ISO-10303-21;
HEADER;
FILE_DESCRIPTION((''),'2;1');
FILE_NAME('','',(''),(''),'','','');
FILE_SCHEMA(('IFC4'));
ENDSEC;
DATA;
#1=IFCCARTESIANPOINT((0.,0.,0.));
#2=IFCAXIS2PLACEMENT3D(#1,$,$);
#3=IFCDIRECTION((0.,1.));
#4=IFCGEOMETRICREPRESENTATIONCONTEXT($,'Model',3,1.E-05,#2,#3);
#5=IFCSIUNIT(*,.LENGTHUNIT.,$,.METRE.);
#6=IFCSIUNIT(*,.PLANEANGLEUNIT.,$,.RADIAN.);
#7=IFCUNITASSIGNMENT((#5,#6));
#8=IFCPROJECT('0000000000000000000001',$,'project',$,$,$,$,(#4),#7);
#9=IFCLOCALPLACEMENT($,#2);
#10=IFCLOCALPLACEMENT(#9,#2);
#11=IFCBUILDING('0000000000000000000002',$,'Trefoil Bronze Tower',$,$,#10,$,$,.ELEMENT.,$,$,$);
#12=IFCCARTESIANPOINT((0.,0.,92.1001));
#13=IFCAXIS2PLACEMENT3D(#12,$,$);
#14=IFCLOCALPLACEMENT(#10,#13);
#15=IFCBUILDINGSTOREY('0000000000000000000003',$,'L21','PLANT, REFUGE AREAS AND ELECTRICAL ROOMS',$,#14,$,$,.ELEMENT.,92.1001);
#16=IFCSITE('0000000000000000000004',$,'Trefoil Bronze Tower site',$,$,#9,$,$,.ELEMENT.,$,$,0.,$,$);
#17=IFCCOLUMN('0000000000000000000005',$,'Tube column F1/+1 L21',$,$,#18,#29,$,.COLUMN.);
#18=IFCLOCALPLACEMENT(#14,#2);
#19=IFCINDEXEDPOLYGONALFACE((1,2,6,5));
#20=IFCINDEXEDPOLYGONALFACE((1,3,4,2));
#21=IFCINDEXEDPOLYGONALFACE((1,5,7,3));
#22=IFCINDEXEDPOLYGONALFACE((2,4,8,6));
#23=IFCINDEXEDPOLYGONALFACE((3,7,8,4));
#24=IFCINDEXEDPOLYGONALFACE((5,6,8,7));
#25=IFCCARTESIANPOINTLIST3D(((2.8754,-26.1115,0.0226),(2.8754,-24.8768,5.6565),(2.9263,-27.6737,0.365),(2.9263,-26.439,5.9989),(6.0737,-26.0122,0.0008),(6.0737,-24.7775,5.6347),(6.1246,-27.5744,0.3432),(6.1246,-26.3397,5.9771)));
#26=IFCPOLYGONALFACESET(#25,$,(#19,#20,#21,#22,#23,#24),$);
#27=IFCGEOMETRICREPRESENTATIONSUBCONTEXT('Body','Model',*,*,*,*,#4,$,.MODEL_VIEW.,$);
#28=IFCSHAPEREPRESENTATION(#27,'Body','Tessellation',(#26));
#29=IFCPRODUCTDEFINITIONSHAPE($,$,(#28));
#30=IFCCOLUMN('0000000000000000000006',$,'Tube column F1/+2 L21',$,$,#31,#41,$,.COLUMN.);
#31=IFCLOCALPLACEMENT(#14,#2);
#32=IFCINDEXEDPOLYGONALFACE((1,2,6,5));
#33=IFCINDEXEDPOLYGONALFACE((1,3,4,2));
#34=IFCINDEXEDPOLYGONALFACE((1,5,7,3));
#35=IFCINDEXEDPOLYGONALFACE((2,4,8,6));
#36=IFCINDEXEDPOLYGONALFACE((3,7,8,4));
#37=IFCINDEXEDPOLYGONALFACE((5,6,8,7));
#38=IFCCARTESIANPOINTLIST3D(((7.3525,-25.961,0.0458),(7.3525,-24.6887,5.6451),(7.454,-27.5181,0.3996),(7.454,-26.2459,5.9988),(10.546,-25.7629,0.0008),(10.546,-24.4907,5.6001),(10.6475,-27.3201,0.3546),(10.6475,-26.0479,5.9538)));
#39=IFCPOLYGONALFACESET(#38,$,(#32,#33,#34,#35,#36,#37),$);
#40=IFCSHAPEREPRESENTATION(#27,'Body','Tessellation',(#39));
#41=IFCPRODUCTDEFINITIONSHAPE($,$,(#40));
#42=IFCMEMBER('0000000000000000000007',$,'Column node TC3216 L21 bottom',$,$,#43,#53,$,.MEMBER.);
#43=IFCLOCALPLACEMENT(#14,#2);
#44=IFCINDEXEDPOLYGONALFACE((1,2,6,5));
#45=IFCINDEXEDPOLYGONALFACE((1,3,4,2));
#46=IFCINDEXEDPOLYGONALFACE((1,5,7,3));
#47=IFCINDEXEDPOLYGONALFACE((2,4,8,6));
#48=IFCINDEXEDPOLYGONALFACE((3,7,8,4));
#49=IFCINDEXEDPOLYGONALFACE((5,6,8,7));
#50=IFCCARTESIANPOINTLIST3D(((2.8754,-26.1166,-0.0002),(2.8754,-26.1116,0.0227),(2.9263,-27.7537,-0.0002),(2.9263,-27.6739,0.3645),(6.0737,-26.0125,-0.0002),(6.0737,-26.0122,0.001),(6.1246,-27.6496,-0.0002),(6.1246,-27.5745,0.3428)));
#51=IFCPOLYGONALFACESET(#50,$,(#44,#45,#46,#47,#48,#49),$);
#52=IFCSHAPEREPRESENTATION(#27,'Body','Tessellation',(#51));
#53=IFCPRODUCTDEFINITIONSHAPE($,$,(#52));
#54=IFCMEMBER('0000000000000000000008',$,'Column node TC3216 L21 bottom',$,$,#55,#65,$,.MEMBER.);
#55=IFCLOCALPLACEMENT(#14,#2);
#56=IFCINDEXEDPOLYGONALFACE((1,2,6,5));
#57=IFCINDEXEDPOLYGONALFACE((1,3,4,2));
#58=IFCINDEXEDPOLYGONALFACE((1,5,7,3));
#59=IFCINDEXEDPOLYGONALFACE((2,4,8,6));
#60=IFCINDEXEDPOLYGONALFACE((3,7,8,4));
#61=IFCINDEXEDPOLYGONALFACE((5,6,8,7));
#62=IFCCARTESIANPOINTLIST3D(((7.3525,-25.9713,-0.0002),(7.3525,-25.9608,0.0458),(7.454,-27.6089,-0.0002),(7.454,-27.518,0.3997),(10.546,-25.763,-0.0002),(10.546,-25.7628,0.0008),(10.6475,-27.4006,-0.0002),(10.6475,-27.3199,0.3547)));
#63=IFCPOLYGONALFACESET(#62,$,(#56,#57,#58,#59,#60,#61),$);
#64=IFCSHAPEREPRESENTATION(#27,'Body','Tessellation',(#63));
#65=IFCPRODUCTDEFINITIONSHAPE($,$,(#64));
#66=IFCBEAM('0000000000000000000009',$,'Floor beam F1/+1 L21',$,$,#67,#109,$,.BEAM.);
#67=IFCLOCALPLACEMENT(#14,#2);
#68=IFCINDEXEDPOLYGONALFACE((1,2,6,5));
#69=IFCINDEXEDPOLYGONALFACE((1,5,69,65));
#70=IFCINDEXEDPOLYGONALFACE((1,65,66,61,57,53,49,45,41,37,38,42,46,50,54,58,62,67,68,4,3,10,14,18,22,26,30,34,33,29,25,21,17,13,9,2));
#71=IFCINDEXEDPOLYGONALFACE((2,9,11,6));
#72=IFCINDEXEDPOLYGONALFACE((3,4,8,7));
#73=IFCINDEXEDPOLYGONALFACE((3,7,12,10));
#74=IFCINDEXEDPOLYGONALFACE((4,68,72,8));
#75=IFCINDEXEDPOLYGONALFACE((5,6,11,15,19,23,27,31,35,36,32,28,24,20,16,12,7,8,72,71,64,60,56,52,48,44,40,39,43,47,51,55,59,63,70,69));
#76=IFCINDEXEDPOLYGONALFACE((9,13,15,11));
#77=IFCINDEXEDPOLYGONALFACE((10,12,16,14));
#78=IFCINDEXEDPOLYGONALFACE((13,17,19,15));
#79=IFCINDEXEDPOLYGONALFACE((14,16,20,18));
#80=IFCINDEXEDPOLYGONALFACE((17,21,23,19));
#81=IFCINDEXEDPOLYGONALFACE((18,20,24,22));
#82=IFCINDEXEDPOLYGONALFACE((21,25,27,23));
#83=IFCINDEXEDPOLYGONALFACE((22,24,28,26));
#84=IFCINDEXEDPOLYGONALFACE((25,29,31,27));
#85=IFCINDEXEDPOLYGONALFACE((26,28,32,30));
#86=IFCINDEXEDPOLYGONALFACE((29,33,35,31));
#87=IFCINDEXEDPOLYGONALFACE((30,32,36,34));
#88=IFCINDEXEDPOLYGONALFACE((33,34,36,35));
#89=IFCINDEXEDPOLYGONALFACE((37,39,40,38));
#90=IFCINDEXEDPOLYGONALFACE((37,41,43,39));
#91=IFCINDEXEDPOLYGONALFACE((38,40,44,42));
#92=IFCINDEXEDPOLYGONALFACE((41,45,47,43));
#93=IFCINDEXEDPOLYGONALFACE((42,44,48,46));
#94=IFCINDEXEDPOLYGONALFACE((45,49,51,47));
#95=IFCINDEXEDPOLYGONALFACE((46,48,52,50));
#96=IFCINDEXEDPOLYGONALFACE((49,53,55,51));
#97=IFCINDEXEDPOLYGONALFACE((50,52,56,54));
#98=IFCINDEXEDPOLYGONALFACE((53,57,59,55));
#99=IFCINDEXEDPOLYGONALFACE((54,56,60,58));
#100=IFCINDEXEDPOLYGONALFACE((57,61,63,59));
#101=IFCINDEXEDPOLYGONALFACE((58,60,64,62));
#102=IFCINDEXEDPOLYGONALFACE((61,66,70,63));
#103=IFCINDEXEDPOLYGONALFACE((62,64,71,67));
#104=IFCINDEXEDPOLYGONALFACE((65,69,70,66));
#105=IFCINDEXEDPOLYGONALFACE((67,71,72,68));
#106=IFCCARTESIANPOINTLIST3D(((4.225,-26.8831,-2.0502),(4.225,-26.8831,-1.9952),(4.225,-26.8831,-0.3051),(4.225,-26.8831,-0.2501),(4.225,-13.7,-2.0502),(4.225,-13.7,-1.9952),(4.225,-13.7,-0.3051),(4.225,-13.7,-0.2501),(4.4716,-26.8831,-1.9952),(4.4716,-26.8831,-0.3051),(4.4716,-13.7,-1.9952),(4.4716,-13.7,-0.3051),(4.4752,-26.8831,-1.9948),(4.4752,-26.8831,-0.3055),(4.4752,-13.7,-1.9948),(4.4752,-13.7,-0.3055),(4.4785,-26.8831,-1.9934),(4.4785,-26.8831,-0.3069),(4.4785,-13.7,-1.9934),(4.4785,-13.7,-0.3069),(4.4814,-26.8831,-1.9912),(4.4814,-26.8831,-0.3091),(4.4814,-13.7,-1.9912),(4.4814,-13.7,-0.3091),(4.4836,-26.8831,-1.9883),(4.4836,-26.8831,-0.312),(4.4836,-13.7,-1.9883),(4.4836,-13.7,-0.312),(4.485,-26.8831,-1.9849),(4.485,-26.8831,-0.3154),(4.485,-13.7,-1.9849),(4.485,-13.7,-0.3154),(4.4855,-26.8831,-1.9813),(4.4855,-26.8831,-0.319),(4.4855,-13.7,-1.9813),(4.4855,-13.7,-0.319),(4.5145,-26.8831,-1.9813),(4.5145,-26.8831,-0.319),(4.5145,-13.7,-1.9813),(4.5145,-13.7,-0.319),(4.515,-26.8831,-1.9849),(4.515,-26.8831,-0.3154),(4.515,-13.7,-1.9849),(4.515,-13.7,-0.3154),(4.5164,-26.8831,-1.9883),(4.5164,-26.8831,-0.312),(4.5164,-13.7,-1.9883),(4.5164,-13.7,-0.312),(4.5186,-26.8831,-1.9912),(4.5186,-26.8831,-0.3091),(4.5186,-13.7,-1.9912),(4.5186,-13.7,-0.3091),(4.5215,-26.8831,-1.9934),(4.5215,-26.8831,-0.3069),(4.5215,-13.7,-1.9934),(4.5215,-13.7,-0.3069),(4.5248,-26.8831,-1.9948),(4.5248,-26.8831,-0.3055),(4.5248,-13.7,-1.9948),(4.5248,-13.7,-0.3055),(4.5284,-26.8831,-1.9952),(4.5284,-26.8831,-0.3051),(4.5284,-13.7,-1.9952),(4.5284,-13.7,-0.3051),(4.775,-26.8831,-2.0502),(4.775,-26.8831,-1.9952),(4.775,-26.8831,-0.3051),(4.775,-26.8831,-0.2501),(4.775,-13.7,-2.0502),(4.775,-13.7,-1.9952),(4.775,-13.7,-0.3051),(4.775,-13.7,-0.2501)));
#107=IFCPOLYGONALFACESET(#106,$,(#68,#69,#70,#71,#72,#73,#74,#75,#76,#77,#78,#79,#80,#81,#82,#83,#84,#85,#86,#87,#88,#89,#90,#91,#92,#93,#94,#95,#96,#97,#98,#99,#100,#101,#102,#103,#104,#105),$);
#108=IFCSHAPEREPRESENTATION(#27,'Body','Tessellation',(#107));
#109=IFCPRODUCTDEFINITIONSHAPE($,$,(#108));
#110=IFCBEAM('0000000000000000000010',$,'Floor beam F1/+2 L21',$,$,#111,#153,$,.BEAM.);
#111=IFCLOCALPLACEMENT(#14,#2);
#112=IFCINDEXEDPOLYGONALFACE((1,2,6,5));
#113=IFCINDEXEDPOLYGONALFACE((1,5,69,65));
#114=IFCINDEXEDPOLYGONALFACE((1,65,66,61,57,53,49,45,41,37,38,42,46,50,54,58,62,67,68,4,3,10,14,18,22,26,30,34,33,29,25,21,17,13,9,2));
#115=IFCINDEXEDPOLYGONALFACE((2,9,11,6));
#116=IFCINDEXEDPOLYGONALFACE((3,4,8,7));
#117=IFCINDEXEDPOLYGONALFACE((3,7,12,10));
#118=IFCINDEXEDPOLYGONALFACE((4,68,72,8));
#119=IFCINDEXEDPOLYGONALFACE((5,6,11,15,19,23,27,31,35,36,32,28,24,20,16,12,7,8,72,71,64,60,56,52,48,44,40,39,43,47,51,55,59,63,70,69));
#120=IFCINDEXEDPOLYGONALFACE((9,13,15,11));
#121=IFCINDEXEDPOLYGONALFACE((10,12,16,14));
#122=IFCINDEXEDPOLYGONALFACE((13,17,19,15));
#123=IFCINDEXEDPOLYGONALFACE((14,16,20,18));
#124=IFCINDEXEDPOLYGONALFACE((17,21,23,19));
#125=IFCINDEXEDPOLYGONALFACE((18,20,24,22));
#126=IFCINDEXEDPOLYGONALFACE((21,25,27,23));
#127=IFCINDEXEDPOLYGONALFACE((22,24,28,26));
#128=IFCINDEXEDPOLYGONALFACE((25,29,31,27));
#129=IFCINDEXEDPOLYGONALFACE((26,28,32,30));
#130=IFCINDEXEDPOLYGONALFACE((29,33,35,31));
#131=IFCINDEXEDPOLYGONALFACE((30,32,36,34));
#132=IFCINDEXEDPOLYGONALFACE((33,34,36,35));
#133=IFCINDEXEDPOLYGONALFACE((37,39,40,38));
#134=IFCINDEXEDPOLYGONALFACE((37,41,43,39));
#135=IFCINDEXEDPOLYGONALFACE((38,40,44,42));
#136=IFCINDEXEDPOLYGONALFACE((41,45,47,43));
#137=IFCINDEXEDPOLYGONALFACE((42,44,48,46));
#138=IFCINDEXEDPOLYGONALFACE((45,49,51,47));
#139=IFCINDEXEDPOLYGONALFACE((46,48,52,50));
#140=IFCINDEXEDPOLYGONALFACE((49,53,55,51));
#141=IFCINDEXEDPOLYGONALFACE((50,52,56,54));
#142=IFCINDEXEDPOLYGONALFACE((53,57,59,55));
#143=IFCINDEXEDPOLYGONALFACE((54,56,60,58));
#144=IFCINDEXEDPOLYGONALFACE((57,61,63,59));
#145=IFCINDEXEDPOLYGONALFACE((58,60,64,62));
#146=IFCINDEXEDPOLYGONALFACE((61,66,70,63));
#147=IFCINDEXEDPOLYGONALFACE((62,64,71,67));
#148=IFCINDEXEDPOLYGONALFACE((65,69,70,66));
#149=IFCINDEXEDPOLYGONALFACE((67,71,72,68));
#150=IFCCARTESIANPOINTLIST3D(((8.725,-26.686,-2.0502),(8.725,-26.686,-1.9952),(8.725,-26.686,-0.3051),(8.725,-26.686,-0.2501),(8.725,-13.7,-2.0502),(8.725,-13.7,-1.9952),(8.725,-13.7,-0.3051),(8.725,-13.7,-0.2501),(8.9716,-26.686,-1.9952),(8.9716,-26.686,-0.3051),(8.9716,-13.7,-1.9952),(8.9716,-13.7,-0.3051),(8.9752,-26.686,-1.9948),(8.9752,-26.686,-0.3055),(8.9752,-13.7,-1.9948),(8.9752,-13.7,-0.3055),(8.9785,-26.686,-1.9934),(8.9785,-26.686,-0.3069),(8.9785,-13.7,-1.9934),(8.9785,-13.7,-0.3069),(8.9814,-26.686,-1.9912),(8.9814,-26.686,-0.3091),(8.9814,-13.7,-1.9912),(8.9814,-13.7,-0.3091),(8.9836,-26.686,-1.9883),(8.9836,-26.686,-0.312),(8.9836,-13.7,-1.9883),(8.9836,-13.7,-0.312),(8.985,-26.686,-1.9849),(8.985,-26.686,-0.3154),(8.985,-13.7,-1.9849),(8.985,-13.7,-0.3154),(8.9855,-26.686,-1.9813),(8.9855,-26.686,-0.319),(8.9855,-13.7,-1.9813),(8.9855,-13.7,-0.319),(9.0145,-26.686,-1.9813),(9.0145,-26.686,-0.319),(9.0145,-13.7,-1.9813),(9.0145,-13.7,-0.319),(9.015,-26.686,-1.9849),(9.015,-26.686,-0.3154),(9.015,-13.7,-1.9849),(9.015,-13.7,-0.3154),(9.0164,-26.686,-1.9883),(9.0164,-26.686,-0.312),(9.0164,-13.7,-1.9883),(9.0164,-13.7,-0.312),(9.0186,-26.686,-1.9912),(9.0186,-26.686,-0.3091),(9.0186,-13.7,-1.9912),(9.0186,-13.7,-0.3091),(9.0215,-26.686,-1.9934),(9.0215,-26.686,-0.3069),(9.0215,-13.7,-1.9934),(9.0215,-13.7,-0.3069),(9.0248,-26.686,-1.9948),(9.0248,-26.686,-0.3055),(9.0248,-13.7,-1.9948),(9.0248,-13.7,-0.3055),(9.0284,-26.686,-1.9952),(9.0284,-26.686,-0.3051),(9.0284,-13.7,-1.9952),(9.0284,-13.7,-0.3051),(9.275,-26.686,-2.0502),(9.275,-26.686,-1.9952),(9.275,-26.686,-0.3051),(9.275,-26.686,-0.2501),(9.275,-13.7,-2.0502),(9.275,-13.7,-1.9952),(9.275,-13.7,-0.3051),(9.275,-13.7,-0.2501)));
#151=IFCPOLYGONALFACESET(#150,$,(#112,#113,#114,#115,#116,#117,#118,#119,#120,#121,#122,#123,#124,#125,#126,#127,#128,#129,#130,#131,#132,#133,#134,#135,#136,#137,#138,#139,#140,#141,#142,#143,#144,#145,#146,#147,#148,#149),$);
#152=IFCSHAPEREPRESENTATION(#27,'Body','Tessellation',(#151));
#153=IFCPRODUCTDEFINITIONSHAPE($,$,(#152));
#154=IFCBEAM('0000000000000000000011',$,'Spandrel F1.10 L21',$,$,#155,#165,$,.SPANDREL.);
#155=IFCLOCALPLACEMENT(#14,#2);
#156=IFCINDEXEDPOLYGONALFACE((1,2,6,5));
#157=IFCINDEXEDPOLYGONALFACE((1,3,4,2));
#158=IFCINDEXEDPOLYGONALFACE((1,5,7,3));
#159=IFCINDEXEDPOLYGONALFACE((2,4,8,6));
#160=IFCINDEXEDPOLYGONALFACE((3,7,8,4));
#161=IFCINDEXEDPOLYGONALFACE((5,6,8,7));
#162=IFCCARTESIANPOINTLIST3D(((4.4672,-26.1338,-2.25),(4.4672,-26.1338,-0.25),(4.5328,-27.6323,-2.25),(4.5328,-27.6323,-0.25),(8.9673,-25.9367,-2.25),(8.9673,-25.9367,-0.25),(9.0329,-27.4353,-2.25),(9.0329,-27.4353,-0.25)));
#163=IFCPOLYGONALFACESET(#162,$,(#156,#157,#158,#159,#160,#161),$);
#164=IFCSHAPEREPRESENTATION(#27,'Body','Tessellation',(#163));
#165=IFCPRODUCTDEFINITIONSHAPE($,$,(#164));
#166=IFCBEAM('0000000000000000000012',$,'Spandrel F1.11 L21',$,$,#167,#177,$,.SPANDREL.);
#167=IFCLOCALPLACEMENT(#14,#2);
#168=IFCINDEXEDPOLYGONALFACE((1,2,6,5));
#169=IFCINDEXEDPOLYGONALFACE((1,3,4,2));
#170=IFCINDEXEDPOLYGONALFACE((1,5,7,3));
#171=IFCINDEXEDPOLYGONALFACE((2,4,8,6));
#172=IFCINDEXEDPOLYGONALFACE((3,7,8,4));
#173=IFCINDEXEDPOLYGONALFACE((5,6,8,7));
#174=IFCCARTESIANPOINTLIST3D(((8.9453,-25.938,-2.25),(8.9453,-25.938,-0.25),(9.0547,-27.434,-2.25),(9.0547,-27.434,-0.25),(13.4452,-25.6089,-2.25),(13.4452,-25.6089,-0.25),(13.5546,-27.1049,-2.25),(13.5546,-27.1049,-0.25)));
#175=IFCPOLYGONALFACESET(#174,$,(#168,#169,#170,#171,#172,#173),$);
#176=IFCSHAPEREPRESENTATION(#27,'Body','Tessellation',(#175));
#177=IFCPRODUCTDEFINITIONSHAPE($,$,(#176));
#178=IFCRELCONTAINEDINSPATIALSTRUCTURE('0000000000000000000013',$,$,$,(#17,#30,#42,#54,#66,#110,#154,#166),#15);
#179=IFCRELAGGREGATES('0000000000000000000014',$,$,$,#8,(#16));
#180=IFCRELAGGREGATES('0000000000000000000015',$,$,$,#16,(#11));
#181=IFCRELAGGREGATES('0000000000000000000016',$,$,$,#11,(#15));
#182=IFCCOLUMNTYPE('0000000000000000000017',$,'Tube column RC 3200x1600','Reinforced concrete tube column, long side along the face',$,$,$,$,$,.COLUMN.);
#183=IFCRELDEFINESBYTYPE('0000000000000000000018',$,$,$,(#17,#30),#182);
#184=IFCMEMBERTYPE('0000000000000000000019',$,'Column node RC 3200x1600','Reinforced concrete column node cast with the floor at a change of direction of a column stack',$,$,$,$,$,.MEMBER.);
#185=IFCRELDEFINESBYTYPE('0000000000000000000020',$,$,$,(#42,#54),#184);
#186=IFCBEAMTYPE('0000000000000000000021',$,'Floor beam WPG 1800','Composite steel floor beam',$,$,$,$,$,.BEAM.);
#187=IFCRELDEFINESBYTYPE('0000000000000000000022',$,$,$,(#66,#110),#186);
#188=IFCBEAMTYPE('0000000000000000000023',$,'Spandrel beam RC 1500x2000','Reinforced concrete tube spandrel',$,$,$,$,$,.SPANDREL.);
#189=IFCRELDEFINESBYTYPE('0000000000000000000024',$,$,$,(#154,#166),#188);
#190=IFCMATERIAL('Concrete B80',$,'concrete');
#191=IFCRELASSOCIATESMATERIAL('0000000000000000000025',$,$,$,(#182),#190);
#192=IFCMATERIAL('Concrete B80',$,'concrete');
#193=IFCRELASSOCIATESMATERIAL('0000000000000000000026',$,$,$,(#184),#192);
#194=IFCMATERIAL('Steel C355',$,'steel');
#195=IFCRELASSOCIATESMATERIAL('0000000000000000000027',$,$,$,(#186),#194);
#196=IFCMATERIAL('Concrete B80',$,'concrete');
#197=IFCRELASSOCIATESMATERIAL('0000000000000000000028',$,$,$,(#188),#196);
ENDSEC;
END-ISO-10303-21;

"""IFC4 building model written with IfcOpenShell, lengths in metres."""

from ifc_helpers import new_model, si_unit, direction, frame, origin, origin_2d, place, context, subcontext, project, spatial, rectangle, i_section, extrude, clip, halfspace, material, material_profile, profile_set, type_object, element, save


model = new_model("IFC4")

# Units and contexts
model_context = context("Model", 3, precision=1e-05, world=origin(), true_north=direction((0.0, 1.0)))
body_context = subcontext(model_context, "Body", "Model", "MODEL_VIEW")
ifc_project = project(units=[si_unit("LENGTHUNIT", "METRE"), si_unit("PLANEANGLEUNIT", "RADIAN")], contexts=[model_context])

# Site, building, storey
site_placement = place(None, origin())
site = spatial("IfcSite", under=ifc_project, at=site_placement, Name="Trefoil Bronze Tower site", CompositionType="ELEMENT", RefElevation=0.0)
building_placement = place(site_placement, origin())
building = spatial("IfcBuilding", under=site, at=building_placement, Name="Trefoil Bronze Tower", CompositionType="ELEMENT")
storey_placement = place(building_placement, frame((0.0, 0.0, 92.1001)))
storey = spatial("IfcBuildingStorey", under=building, at=storey_placement, Name="L21", Description="PLANT, REFUGE AREAS AND ELECTRICAL ROOMS", CompositionType="ELEMENT", Elevation=92.1001)

# Columns
ifc_material_1 = material(Name="Concrete B80", Category="concrete")
ifc_material_profile_1 = material_profile(ifc_material_1, rectangle(XDim=3.2, YDim=1.6001, at=origin_2d()), Name="RC 3200x1600")
ifc_profile_set_1 = profile_set([ifc_material_profile_1], Name="Concrete B80")
column_type = type_object("IfcColumnType", Name="Tube column RC 3200x1600", Description="Reinforced concrete tube column, long side along the face", PredefinedType="COLUMN", material=ifc_profile_set_1)
column_1_placement = place(storey_placement, frame((4.5, -26.8831, 0.0), z_axis=(0.0, 0.214076, 0.976817), x_axis=(0.999495, 0.031045, -0.006804)))
element("IfcColumn", 1, at=column_1_placement, inside=storey, type_object=column_type, Name="Tube column F1/+1 L21", PredefinedType="COLUMN", context=body_context, shape_type="Clipping", body=[
    clip(clip(extrude(rectangle(XDim=3.2, YDim=1.6001, at=origin_2d()), origin(), (0.0, 0.0, 1.0), 6.1423), halfspace(frame((0.0, 0.0, 0.1873), z_axis=(0.0, 0.000014, 1.0), x_axis=(0.0, 1.0, -0.000014)), True)), halfspace(frame((0.0, 0.0, 5.9548), z_axis=(0.0, -0.000014, -1.0), x_axis=(0.0, -1.0, 0.000014)), True)),
])
column_2_placement = place(storey_placement, frame((9.0, -26.686, 0.0), z_axis=(0.0, 0.221566, 0.975145), x_axis=(0.997984, 0.061883, -0.014061)))
element("IfcColumn", 2, at=column_2_placement, inside=storey, type_object=column_type, Name="Tube column F1/+2 L21", PredefinedType="COLUMN", context=body_context, shape_type="Clipping", body=[
    clip(clip(extrude(rectangle(XDim=3.2, YDim=1.6001, at=origin_2d()), origin(), (0.0, 0.0, 1.0), 6.1528), halfspace(frame((0.0, 0.0, 0.2053), z_axis=(-0.000001, -0.000019, 1.0), x_axis=(0.0, 1.0, 0.000019)), True)), halfspace(frame((0.0, 0.0, 5.9473), z_axis=(0.000001, 0.000019, -1.0), x_axis=(0.0, -1.0, -0.000019)), True)),
])

# Members
ifc_material_2 = material(Name="Concrete B80", Category="concrete")
ifc_material_profile_2 = material_profile(ifc_material_2, rectangle(XDim=3.2, YDim=1.6001, at=origin_2d()), Name="RC 3200x1600")
ifc_profile_set_2 = profile_set([ifc_material_profile_2], Name="Concrete B80")
member_type = type_object("IfcMemberType", Name="Column node RC 3200x1600", Description="Reinforced concrete column node cast with the floor at a change of direction of a column stack", PredefinedType="MEMBER", material=ifc_profile_set_2)
member_1_placement = place(storey_placement, frame((4.5, -26.9231, -0.1831), z_axis=(0.0, 0.213755, 0.976887), x_axis=(0.999495, 0.031047, -0.006793)))
element("IfcMember", 3, at=member_1_placement, inside=storey, type_object=member_type, Name="Column node TC3216 L21 bottom", PredefinedType="MEMBER", context=body_context, shape_type="Clipping", body=[
    clip(extrude(rectangle(XDim=3.2, YDim=1.6001, at=origin_2d()), origin(), (0.0, 0.0, 1.0), 0.3745), halfspace(frame((0.0, 0.0, 0.1873), z_axis=(-0.006793, -0.213647, 0.976887), x_axis=(0.0, 0.97691, 0.213652)), True)),
])
member_2_placement = place(storey_placement, frame((9.0, -26.7314, -0.2004), z_axis=(0.0, 0.221647, 0.975127), x_axis=(0.997984, 0.061882, -0.014066)))
element("IfcMember", 4, at=member_2_placement, inside=storey, type_object=member_type, Name="Column node TC3216 L21 bottom", PredefinedType="MEMBER", context=body_context, shape_type="Clipping", body=[
    clip(extrude(rectangle(XDim=3.2, YDim=1.6001, at=origin_2d()), origin(), (0.0, 0.0, 1.0), 0.4109), halfspace(frame((0.0, 0.0, 0.2053), z_axis=(-0.014066, -0.2212, 0.975127), x_axis=(0.0, 0.975223, 0.221222)), True)),
])

# Beams
ifc_material_3 = material(Name="Steel C355", Category="steel")
ifc_material_profile_3 = material_profile(ifc_material_3, i_section(OverallWidth=0.55, OverallDepth=1.8, WebThickness=0.0291, FlangeThickness=0.0549, FilletRadius=0.0139, at=origin_2d()), Name="WPG 1800")
ifc_profile_set_3 = profile_set([ifc_material_profile_3], Name="Steel C355")
beam_type_1 = type_object("IfcBeamType", Name="Floor beam WPG 1800", Description="Composite steel floor beam", PredefinedType="BEAM", material=ifc_profile_set_3)
beam_1_placement = place(storey_placement, frame((4.5, -26.8831, -1.1501), z_axis=(0.0, 1.0, 0.0), x_axis=(-1.0, 0.0, 0.0)))
element("IfcBeam", 5, at=beam_1_placement, inside=storey, type_object=beam_type_1, Name="Floor beam F1/+1 L21", PredefinedType="BEAM", context=body_context, shape_type="SweptSolid", body=[
    extrude(i_section(OverallWidth=0.55, OverallDepth=1.8, WebThickness=0.0291, FlangeThickness=0.0549, FilletRadius=0.0139, at=origin_2d()), origin(), (0.0, 0.0, 1.0), 13.1831),
])
beam_2_placement = place(storey_placement, frame((9.0, -26.686, -1.1501), z_axis=(0.0, 1.0, 0.0), x_axis=(-1.0, 0.0, 0.0)))
element("IfcBeam", 6, at=beam_2_placement, inside=storey, type_object=beam_type_1, Name="Floor beam F1/+2 L21", PredefinedType="BEAM", context=body_context, shape_type="SweptSolid", body=[
    extrude(i_section(OverallWidth=0.55, OverallDepth=1.8, WebThickness=0.0291, FlangeThickness=0.0549, FilletRadius=0.0139, at=origin_2d()), origin(), (0.0, 0.0, 1.0), 12.9861),
])
ifc_material_4 = material(Name="Concrete B80", Category="concrete")
ifc_material_profile_4 = material_profile(ifc_material_4, rectangle(XDim=1.5, YDim=2.0, at=origin_2d()), Name="RC 1500x2000")
ifc_profile_set_4 = profile_set([ifc_material_profile_4], Name="Concrete B80")
beam_type_2 = type_object("IfcBeamType", Name="Spandrel beam RC 1500x2000", Description="Reinforced concrete tube spandrel", PredefinedType="SPANDREL", material=ifc_profile_set_4)
beam_3_placement = place(storey_placement, frame((4.5, -26.8831, -1.25), z_axis=(0.999043, 0.043741, 0.0), x_axis=(-0.043741, 0.999043, 0.0)))
element("IfcBeam", 7, at=beam_3_placement, inside=storey, type_object=beam_type_2, Name="Spandrel F1.10 L21", PredefinedType="SPANDREL", context=body_context, shape_type="SweptSolid", body=[
    extrude(rectangle(XDim=1.5, YDim=2.0, at=origin_2d()), origin(), (0.0, 0.0, 1.0), 4.5044),
])
beam_4_placement = place(storey_placement, frame((9.0, -26.686, -1.25), z_axis=(0.997336, 0.072939, 0.0), x_axis=(-0.072939, 0.997336, 0.0)))
element("IfcBeam", 8, at=beam_4_placement, inside=storey, type_object=beam_type_2, Name="Spandrel F1.11 L21", PredefinedType="SPANDREL", context=body_context, shape_type="SweptSolid", body=[
    extrude(rectangle(XDim=1.5, YDim=2.0, at=origin_2d()), origin(), (0.0, 0.0, 1.0), 4.512),
])

save(model, "model.ifc")
